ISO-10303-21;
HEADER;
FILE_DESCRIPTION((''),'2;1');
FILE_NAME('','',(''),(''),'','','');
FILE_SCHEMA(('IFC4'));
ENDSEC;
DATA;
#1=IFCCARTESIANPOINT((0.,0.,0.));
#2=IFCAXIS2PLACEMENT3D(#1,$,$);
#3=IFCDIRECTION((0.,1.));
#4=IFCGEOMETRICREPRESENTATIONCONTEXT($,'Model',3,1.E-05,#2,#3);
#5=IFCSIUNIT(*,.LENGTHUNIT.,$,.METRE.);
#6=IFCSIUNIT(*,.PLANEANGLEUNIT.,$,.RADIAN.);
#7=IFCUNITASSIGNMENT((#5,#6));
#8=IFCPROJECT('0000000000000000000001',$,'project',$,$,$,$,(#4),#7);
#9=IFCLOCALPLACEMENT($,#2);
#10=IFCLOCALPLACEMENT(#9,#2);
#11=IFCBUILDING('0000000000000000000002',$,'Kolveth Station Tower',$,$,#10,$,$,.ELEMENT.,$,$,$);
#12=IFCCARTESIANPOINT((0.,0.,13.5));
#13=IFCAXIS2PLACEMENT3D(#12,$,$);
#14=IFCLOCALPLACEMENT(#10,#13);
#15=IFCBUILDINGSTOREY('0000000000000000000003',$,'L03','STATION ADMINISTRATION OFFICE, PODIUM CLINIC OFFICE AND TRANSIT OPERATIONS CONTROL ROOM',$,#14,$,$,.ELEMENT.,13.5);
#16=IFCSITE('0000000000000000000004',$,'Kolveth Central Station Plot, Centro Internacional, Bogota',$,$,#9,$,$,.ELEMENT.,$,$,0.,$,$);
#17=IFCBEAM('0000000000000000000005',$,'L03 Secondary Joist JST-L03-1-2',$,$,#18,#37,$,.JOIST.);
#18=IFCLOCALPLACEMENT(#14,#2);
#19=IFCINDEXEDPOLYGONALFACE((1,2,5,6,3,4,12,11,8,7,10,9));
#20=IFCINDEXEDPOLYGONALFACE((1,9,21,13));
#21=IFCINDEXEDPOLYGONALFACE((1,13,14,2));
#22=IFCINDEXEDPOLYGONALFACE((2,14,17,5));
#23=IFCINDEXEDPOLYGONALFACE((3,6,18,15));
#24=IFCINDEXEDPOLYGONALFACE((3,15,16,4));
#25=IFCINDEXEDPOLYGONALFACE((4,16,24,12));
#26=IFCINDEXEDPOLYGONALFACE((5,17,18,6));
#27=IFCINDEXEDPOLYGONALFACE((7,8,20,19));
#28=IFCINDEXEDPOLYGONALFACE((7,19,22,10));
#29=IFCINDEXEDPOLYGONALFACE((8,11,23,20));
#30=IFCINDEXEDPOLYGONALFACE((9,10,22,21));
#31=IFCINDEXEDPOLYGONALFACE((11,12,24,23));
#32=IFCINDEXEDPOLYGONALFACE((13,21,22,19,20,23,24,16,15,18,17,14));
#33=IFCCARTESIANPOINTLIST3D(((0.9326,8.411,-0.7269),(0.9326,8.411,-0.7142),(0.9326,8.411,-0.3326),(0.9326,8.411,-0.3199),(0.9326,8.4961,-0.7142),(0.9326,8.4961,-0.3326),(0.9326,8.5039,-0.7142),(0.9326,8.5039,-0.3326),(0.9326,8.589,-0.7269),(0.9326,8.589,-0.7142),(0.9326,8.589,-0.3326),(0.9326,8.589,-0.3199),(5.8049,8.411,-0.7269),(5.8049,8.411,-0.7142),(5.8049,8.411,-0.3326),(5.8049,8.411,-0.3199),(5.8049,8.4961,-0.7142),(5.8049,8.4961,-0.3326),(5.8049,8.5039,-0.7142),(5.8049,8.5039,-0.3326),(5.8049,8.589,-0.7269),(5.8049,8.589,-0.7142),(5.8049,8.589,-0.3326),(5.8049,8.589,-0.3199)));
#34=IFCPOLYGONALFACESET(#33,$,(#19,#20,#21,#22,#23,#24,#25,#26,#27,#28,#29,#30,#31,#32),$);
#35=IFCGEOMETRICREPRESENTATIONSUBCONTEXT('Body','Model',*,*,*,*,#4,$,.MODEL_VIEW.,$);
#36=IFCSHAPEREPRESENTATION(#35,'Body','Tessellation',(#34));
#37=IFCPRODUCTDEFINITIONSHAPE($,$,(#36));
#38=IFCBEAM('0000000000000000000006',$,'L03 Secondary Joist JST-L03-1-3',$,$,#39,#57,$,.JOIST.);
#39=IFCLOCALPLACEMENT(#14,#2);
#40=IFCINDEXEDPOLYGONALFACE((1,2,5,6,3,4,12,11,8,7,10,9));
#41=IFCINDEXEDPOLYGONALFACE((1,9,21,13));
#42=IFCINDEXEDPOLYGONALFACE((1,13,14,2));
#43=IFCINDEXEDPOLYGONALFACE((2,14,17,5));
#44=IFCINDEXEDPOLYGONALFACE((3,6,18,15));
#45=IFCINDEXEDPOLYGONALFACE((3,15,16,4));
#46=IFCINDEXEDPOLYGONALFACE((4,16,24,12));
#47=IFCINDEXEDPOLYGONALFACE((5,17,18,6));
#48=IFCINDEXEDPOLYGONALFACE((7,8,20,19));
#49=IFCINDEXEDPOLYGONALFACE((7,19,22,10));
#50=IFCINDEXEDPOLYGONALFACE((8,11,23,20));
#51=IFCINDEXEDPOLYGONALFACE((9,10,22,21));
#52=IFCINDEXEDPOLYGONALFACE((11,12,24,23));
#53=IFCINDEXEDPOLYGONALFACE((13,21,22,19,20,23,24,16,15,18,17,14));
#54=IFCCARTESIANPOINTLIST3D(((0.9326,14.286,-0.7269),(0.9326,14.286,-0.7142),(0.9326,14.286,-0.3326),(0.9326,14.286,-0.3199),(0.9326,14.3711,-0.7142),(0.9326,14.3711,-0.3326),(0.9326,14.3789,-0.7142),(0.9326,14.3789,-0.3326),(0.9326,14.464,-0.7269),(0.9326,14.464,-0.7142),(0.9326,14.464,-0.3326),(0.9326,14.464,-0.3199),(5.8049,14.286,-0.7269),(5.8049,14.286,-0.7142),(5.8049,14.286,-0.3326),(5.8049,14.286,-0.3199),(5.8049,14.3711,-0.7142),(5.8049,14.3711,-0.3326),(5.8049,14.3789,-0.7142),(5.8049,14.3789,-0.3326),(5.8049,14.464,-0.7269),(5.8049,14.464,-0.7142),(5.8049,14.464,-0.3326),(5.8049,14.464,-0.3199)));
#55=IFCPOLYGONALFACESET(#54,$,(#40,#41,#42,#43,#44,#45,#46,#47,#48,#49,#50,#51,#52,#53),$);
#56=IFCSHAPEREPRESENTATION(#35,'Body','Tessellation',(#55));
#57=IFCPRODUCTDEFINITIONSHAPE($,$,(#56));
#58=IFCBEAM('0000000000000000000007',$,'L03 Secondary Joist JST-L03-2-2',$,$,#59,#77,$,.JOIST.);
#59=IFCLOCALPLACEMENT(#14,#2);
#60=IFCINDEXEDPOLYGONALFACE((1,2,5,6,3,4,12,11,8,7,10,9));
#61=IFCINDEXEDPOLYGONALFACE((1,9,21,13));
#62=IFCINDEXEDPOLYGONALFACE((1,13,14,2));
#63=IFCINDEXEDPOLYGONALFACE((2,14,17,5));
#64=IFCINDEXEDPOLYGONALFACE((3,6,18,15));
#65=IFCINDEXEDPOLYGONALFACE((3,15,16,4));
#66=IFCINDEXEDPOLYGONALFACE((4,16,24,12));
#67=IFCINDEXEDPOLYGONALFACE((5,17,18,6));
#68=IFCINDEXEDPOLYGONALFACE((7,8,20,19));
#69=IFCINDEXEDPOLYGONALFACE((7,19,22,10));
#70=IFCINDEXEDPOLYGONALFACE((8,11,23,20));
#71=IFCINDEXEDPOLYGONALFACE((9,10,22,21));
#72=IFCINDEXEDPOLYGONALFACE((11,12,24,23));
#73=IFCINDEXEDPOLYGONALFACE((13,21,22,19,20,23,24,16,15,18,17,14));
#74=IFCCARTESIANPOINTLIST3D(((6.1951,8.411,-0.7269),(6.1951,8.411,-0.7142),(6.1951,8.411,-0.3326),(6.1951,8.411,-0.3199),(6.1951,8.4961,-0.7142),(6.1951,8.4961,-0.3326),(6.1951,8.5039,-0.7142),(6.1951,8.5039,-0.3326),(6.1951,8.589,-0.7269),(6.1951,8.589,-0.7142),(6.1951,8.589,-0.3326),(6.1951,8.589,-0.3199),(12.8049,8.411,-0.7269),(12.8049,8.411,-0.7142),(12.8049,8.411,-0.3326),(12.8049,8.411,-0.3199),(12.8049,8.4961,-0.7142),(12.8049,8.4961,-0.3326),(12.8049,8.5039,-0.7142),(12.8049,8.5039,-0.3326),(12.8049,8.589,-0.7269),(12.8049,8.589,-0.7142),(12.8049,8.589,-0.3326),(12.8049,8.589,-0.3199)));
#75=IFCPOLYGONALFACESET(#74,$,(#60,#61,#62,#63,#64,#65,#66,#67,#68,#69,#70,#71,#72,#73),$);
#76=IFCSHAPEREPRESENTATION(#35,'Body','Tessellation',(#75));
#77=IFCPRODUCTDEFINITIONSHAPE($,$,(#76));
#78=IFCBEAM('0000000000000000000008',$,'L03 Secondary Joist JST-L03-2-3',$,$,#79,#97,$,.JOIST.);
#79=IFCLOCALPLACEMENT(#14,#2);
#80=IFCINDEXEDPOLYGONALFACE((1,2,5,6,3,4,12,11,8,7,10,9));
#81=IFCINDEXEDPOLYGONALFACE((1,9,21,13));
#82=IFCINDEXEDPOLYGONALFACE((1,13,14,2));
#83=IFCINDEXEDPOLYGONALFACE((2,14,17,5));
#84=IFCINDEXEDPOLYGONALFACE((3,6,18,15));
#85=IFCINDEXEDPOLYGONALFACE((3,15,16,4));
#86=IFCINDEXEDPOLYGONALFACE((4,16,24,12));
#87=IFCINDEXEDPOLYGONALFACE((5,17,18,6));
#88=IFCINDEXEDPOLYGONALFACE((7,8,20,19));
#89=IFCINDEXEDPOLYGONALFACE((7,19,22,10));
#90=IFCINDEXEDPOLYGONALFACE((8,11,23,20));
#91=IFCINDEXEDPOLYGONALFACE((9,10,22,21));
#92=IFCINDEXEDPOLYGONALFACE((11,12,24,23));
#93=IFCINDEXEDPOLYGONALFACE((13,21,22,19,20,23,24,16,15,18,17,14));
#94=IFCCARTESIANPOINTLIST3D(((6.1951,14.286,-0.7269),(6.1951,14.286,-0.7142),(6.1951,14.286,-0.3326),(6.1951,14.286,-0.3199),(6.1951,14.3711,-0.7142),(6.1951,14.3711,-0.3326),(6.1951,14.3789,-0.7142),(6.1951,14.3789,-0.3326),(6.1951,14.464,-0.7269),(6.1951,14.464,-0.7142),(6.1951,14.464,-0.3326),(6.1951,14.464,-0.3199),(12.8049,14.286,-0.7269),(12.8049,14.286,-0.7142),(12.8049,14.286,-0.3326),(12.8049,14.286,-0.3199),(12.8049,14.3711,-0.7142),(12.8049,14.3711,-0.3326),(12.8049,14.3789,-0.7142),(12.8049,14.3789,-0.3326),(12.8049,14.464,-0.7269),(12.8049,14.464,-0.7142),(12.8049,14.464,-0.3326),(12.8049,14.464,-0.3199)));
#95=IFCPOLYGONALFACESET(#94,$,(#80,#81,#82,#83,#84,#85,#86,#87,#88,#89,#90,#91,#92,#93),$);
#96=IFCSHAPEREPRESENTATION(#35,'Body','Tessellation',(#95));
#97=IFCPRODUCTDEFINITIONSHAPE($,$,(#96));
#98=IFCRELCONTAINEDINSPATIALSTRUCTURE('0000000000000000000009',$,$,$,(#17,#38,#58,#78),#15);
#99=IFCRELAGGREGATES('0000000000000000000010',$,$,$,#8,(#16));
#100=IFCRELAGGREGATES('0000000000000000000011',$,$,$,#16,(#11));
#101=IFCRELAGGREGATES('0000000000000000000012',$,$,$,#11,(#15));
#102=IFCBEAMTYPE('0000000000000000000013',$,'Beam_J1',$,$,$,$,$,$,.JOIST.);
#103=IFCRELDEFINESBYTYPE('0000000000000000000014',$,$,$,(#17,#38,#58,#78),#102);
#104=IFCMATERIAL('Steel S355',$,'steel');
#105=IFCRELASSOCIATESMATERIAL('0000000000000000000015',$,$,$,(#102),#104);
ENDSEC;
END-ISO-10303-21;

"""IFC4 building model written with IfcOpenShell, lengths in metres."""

from ifc_helpers import new_model, si_unit, direction, frame, origin, origin_2d, place, context, subcontext, project, spatial, i_section, extrude, source, transform, mapped, material, material_profile, profile_set, type_object, element, save


model = new_model("IFC4")

# Units and contexts
model_context = context("Model", 3, precision=1e-05, world=origin(), true_north=direction((0.0, 1.0)))
body_context = subcontext(model_context, "Body", "Model", "MODEL_VIEW")
ifc_project = project(units=[si_unit("LENGTHUNIT", "METRE"), si_unit("PLANEANGLEUNIT", "RADIAN")], contexts=[model_context])

# Site, building, storey
site_placement = place(None, origin())
site = spatial("IfcSite", under=ifc_project, at=site_placement, Name="Kolveth Central Station Plot, Centro Internacional, Bogota", CompositionType="ELEMENT", RefElevation=0.0)
building_placement = place(site_placement, origin())
building = spatial("IfcBuilding", under=site, at=building_placement, Name="Kolveth Station Tower", CompositionType="ELEMENT")
storey_placement = place(building_placement, frame((0.0, 0.0, 13.5)))
storey = spatial("IfcBuildingStorey", under=building, at=storey_placement, Name="L03", Description="STATION ADMINISTRATION OFFICE, PODIUM CLINIC OFFICE AND TRANSIT OPERATIONS CONTROL ROOM", CompositionType="ELEMENT", Elevation=13.5)

# Beams
ifc_material_1 = material(Name="Steel S355", Category="steel")
ifc_material_profile_1 = material_profile(ifc_material_1, i_section(OverallWidth=0.178, OverallDepth=0.407, WebThickness=0.0078, FlangeThickness=0.0127, at=origin_2d()), Name="W410x60")
ifc_profile_set_1 = profile_set([ifc_material_profile_1], Name="Steel S355")
beam_type_1 = type_object("IfcBeamType", Name="Beam_J1", PredefinedType="JOIST", material=ifc_profile_set_1)
shared_shape_1 = source(origin(), body_context, "Body", "SweptSolid", [
    extrude(i_section(OverallWidth=0.178, OverallDepth=0.407, WebThickness=0.0078, FlangeThickness=0.0127, at=origin_2d()), origin(), (0.0, 0.0, 1.0), 4.8723),
])
for number, where, z_axis, x_axis, name in (
    (1, (0.9326, 8.5, -0.5234), (1.0, 0.0, 0.0), (0.0, 1.0, 0.0), "L03 Secondary Joist JST-L03-1-2"),
    (2, (0.9326, 14.375, -0.5234), (1.0, 0.0, 0.0), (0.0, 1.0, 0.0), "L03 Secondary Joist JST-L03-1-3"),
):
    element("IfcBeam", number, at=place(storey_placement, frame(where, z_axis=z_axis, x_axis=x_axis)), inside=storey, type_object=beam_type_1, Name=name, PredefinedType="JOIST", context=body_context, shape_type="MappedRepresentation", body=[
        mapped(shared_shape_1, transform((0.0, 0.0, 0.0), x_axis=(1.0, 0.0, 0.0), y_axis=(0.0, 1.0, 0.0), z_axis=(0.0, 0.0, 1.0), scale=1.0)),
    ])
shared_shape_2 = source(origin(), body_context, "Body", "SweptSolid", [
    extrude(i_section(OverallWidth=0.178, OverallDepth=0.407, WebThickness=0.0078, FlangeThickness=0.0127, at=origin_2d()), origin(), (0.0, 0.0, 1.0), 6.6099),
])
for number, where, z_axis, x_axis, name in (
    (3, (6.1951, 8.5, -0.5234), (1.0, 0.0, 0.0), (0.0, 1.0, 0.0), "L03 Secondary Joist JST-L03-2-2"),
    (4, (6.1951, 14.375, -0.5234), (1.0, 0.0, 0.0), (0.0, 1.0, 0.0), "L03 Secondary Joist JST-L03-2-3"),
):
    element("IfcBeam", number, at=place(storey_placement, frame(where, z_axis=z_axis, x_axis=x_axis)), inside=storey, type_object=beam_type_1, Name=name, PredefinedType="JOIST", context=body_context, shape_type="MappedRepresentation", body=[
        mapped(shared_shape_2, transform((0.0, 0.0, 0.0), x_axis=(1.0, 0.0, 0.0), y_axis=(0.0, 1.0, 0.0), z_axis=(0.0, 0.0, 1.0), scale=1.0)),
    ])

save(model, "model.ifc")
